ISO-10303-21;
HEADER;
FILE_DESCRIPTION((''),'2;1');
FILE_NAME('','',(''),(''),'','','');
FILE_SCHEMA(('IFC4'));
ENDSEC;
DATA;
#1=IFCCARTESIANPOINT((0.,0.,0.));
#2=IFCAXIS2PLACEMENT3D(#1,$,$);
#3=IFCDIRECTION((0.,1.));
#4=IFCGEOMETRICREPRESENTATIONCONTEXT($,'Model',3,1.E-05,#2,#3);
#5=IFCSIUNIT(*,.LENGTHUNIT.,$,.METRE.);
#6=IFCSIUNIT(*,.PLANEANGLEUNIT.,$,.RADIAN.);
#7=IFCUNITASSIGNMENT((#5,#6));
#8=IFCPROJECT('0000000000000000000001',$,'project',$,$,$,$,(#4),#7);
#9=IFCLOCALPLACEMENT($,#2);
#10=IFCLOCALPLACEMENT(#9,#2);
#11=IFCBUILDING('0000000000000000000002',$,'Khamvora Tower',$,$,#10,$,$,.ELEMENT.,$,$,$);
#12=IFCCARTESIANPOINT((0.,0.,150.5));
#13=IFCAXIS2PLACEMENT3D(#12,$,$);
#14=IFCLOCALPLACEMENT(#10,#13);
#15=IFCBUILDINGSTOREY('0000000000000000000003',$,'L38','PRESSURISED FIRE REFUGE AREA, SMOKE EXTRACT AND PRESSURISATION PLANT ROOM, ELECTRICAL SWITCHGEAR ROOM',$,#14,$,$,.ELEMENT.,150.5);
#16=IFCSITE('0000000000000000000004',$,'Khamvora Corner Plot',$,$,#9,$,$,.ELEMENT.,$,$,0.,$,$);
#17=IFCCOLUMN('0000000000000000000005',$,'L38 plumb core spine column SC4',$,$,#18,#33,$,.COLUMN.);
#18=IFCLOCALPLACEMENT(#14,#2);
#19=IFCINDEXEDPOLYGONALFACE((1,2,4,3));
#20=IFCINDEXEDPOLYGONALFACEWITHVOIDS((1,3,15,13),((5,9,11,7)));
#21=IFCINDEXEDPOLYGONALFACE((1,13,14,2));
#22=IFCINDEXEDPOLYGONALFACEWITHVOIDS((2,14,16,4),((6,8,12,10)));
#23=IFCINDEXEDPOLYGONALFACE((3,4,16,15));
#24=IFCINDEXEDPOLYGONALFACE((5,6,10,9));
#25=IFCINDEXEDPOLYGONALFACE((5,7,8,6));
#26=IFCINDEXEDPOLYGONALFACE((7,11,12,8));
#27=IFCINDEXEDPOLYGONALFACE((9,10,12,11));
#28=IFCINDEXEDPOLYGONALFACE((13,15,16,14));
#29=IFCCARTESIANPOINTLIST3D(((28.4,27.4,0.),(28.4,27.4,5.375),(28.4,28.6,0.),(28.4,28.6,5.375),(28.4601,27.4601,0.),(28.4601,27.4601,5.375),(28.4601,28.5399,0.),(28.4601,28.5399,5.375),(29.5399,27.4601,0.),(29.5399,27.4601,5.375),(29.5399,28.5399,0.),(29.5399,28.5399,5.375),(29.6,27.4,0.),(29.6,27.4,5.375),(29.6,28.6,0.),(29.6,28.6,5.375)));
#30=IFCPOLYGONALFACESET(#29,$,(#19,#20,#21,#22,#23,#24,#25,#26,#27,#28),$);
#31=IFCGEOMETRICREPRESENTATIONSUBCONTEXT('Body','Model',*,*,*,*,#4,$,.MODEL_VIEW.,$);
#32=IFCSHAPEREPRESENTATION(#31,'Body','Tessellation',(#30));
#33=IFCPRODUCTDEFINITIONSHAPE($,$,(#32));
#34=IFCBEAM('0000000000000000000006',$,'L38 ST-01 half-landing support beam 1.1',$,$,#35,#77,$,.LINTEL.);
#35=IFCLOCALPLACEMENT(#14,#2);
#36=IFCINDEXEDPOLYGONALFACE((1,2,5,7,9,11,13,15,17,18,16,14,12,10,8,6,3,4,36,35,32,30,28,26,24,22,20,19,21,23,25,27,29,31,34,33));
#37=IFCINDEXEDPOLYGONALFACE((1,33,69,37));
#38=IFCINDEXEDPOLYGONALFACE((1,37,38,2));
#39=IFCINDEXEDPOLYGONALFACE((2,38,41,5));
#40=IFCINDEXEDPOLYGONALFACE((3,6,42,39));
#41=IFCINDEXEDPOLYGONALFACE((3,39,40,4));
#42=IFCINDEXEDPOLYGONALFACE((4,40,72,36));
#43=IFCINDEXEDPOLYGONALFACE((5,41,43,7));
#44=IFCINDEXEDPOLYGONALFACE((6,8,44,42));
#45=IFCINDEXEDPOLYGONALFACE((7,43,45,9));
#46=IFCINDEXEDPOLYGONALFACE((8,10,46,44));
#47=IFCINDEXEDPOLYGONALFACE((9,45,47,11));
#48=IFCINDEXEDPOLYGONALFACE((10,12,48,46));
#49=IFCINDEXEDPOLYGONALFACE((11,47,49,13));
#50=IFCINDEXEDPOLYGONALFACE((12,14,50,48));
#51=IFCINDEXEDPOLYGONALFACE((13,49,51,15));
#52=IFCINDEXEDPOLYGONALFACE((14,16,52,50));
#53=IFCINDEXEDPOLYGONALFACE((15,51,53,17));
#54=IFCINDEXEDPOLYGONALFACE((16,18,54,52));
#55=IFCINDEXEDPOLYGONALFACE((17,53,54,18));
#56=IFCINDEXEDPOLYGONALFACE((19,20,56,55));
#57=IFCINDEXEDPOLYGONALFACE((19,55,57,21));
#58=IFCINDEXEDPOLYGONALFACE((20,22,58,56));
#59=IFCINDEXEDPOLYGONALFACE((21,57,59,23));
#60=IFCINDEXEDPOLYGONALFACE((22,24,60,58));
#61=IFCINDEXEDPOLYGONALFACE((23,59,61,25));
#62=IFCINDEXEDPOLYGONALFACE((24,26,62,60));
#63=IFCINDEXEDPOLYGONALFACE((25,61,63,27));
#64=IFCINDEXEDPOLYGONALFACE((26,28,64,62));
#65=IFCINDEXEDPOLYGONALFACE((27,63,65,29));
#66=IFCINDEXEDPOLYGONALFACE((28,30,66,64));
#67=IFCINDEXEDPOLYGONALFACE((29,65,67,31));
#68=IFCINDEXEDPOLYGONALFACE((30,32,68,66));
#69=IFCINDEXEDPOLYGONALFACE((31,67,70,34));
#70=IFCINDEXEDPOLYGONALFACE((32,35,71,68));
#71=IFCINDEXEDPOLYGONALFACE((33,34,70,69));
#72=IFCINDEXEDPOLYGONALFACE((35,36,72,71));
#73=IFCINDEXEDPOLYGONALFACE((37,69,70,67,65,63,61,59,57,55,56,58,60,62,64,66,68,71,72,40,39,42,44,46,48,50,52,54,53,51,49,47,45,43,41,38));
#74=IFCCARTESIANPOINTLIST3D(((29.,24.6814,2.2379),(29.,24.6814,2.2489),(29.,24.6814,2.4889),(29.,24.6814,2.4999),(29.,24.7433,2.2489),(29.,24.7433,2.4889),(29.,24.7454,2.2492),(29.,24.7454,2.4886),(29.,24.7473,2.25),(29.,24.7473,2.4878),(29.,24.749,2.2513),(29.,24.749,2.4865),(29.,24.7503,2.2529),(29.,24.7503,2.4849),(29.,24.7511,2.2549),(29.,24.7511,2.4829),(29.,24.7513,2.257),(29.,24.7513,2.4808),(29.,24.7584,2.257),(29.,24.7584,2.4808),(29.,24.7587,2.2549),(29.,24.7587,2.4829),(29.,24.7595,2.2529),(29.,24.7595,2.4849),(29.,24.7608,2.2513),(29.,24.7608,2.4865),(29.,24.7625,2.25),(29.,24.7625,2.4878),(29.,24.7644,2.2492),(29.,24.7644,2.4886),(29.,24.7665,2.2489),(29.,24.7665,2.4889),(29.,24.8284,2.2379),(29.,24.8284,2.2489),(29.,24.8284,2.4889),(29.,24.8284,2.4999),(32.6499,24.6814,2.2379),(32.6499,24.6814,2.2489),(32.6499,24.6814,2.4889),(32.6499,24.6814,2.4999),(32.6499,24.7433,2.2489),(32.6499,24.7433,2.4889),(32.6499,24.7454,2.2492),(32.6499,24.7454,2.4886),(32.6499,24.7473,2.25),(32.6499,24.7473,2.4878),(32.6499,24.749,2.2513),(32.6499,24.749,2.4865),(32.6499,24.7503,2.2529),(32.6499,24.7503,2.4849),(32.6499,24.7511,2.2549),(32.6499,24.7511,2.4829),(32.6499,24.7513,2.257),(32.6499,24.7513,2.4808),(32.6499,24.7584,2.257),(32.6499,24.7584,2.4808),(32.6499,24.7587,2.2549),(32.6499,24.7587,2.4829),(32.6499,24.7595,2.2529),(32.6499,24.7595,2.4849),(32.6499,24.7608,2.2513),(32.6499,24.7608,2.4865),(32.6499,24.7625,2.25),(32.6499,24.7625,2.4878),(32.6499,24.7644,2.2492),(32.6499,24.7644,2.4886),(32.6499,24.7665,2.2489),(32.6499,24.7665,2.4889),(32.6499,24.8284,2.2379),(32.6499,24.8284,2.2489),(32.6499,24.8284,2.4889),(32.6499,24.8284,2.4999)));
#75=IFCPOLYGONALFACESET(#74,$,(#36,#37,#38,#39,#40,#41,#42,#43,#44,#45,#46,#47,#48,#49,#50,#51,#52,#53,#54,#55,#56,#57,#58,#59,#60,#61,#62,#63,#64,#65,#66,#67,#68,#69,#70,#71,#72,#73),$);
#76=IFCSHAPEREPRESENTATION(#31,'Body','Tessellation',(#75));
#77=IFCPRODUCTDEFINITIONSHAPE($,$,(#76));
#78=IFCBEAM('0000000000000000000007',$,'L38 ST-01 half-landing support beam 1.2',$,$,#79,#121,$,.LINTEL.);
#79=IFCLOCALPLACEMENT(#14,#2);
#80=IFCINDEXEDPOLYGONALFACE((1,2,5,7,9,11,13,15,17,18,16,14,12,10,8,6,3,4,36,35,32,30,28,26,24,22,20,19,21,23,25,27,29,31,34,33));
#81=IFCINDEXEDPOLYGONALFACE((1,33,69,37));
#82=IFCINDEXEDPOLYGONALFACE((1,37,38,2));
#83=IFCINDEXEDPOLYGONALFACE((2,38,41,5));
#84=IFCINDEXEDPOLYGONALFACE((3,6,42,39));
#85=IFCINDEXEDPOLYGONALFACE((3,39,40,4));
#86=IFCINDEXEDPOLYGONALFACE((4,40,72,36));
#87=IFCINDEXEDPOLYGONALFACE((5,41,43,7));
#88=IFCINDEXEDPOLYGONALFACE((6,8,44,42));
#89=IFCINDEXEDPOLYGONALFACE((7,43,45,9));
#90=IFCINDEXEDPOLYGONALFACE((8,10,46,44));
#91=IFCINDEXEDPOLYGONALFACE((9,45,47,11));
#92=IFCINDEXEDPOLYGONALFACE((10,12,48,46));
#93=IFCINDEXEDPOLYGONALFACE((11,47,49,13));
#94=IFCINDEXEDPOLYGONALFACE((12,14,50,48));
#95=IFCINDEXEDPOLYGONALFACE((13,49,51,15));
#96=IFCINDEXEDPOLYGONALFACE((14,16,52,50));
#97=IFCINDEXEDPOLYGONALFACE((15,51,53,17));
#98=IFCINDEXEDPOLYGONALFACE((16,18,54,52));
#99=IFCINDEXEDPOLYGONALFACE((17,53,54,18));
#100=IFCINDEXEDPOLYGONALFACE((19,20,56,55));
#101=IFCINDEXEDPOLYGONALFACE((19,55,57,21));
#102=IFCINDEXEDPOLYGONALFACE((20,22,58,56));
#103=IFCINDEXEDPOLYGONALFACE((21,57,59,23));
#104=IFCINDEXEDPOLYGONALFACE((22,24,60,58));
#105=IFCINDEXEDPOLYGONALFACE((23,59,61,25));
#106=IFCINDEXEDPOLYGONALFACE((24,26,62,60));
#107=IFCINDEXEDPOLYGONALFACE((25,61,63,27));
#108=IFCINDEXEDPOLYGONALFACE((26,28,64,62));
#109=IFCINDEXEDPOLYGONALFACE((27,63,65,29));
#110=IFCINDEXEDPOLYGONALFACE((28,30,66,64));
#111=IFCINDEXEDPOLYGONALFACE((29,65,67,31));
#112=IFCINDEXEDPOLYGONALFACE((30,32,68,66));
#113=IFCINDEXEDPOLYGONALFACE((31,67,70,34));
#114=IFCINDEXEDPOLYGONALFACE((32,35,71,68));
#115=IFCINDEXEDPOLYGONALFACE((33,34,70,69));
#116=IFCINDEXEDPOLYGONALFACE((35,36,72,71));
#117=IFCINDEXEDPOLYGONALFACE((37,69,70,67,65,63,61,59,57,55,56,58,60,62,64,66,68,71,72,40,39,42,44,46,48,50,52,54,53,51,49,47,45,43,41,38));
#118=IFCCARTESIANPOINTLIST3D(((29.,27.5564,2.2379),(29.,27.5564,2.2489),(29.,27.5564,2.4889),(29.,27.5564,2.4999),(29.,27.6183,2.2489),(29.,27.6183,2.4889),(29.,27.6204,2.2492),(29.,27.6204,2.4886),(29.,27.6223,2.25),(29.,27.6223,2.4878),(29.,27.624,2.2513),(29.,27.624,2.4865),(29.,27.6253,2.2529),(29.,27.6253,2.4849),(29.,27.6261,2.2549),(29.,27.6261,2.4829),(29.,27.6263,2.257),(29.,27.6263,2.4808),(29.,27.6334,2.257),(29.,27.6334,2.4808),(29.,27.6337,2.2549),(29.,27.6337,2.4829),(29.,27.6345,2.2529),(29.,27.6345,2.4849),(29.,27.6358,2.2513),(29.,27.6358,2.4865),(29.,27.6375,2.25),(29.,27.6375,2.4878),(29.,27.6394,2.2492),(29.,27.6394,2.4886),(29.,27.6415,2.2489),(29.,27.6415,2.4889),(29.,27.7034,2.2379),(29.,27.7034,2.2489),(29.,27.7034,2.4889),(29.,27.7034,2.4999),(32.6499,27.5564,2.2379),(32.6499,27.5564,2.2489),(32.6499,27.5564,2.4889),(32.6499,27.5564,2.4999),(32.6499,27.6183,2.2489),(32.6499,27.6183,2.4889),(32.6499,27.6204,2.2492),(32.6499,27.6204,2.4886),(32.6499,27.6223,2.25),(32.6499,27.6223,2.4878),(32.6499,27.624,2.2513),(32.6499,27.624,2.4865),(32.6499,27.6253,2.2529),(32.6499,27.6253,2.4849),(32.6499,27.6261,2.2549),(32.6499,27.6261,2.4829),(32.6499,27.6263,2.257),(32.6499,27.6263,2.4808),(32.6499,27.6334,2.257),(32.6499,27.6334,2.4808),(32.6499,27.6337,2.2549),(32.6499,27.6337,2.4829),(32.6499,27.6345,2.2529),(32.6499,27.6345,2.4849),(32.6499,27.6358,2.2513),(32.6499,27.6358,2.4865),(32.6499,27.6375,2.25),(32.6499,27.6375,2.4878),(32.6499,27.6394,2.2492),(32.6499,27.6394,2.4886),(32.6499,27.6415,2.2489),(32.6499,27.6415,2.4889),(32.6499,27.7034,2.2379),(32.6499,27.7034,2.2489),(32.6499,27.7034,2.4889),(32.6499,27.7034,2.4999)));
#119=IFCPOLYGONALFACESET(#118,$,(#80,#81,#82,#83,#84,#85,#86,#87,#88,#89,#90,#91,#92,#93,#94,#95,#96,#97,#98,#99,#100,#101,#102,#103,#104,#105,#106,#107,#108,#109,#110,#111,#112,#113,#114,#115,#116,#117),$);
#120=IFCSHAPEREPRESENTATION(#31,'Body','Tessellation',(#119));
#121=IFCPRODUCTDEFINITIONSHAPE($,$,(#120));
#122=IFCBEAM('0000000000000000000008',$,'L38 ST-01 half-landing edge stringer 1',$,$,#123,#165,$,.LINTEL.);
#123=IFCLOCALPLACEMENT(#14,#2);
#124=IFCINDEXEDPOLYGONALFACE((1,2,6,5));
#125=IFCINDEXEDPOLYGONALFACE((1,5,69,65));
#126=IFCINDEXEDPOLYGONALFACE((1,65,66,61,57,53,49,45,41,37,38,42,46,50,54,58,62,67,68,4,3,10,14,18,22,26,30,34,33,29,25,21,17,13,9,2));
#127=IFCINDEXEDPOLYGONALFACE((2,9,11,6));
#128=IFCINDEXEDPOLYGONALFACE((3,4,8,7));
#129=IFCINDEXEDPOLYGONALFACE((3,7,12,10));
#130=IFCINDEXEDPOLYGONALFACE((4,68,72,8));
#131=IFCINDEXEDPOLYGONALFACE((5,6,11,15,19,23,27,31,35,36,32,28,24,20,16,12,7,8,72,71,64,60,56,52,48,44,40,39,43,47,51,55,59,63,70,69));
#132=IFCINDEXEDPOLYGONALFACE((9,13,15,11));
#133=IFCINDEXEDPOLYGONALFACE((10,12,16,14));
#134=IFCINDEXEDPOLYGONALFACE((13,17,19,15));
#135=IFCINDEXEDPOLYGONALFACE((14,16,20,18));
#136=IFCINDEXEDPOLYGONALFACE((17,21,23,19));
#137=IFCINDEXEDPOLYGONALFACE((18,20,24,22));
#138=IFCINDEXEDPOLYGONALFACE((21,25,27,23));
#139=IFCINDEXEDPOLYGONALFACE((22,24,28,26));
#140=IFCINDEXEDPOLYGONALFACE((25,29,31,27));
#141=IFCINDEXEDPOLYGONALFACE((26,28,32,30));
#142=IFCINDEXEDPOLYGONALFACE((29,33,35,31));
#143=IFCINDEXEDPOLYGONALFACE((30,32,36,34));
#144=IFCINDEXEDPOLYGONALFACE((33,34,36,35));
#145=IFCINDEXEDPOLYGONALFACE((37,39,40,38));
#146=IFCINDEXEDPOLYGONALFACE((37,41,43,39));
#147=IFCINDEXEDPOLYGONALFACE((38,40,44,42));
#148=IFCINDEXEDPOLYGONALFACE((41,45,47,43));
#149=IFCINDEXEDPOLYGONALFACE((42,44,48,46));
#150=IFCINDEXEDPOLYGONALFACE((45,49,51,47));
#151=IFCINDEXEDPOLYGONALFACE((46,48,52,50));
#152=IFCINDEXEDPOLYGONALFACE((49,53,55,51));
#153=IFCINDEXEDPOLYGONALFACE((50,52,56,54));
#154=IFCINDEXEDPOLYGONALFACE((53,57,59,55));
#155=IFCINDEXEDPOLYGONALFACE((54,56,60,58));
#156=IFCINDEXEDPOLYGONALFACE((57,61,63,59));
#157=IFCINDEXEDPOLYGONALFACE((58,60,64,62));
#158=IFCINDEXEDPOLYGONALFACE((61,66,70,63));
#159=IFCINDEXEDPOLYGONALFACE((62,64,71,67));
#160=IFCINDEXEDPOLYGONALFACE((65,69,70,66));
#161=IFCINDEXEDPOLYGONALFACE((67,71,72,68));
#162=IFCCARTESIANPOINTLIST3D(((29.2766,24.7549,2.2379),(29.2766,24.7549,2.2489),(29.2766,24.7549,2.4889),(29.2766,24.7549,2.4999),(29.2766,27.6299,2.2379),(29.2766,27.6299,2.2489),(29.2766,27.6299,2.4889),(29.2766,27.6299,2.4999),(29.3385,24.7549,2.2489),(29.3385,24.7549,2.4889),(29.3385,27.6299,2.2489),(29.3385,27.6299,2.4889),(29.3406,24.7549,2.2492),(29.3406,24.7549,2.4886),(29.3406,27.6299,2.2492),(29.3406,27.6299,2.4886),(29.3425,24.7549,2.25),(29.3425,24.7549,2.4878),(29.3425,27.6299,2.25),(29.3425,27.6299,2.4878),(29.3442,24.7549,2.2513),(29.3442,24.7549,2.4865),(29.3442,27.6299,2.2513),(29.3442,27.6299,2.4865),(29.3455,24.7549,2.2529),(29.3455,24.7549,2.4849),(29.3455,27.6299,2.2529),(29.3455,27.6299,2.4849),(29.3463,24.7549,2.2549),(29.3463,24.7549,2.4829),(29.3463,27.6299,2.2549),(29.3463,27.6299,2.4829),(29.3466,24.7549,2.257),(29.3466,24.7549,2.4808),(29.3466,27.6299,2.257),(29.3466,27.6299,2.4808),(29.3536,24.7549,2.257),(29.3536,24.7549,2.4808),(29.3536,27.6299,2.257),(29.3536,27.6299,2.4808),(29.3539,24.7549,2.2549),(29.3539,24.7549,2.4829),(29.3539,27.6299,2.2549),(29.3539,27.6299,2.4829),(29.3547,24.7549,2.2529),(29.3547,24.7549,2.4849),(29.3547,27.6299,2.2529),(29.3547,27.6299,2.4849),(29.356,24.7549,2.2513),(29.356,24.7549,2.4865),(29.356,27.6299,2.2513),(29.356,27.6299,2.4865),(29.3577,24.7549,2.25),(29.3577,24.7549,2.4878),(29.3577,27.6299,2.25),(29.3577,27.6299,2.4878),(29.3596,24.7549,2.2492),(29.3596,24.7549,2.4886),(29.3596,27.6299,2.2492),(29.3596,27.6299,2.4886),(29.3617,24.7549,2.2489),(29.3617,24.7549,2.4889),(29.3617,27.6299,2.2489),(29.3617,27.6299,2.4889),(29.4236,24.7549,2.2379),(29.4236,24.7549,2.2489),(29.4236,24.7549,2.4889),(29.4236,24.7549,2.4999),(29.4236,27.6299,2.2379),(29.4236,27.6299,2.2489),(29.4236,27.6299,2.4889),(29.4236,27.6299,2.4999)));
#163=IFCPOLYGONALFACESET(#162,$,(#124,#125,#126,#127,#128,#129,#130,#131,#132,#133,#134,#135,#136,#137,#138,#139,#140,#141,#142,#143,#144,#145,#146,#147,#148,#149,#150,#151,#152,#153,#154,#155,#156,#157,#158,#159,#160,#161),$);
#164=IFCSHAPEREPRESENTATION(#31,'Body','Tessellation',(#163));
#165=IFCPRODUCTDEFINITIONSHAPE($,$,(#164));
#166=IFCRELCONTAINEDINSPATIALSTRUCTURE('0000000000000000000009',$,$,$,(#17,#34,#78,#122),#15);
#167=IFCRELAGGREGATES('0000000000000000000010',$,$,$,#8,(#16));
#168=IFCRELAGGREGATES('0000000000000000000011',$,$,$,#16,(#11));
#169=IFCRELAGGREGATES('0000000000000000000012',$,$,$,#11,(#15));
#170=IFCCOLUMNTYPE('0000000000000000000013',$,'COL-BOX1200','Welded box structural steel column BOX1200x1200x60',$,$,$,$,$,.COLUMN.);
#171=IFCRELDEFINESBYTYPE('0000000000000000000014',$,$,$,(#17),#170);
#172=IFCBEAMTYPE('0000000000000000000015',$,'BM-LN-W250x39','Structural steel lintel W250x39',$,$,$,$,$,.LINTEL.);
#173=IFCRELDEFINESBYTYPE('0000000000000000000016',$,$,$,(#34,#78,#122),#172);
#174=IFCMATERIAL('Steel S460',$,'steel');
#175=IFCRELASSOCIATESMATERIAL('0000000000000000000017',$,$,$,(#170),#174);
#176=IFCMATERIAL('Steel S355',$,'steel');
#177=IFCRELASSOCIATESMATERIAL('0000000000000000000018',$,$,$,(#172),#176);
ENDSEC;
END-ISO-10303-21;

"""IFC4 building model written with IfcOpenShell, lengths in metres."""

from ifc_helpers import new_model, si_unit, direction, frame, origin, origin_2d, place, context, subcontext, project, spatial, hollow_rectangle, i_section, extrude, material, material_profile, profile_set, type_object, element, save


model = new_model("IFC4")

# Units and contexts
model_context = context("Model", 3, precision=1e-05, world=origin(), true_north=direction((0.0, 1.0)))
body_context = subcontext(model_context, "Body", "Model", "MODEL_VIEW")
ifc_project = project(units=[si_unit("LENGTHUNIT", "METRE"), si_unit("PLANEANGLEUNIT", "RADIAN")], contexts=[model_context])

# Site, building, storey
site_placement = place(None, origin())
site = spatial("IfcSite", under=ifc_project, at=site_placement, Name="Khamvora Corner Plot", CompositionType="ELEMENT", RefElevation=0.0)
building_placement = place(site_placement, origin())
building = spatial("IfcBuilding", under=site, at=building_placement, Name="Khamvora Tower", CompositionType="ELEMENT")
storey_placement = place(building_placement, frame((0.0, 0.0, 150.5)))
storey = spatial("IfcBuildingStorey", under=building, at=storey_placement, Name="L38", Description="PRESSURISED FIRE REFUGE AREA, SMOKE EXTRACT AND PRESSURISATION PLANT ROOM, ELECTRICAL SWITCHGEAR ROOM", CompositionType="ELEMENT", Elevation=150.5)

# Column
ifc_material_1 = material(Name="Steel S460", Category="steel")
ifc_material_profile_1 = material_profile(ifc_material_1, hollow_rectangle(XDim=1.2, YDim=1.2, WallThickness=0.0601, at=origin_2d()), Name="BOX1200x1200x60")
ifc_profile_set_1 = profile_set([ifc_material_profile_1], Name="Steel S460")
column_type = type_object("IfcColumnType", Name="COL-BOX1200", Description="Welded box structural steel column BOX1200x1200x60", PredefinedType="COLUMN", material=ifc_profile_set_1)
column_placement = place(storey_placement, frame((29.0, 28.0, 0.0), z_axis=(0.0, 0.0, 1.0), x_axis=(1.0, 0.0, 0.0)))
element("IfcColumn", 1, at=column_placement, inside=storey, type_object=column_type, Name="L38 plumb core spine column SC4", PredefinedType="COLUMN", context=body_context, shape_type="SweptSolid", body=[
    extrude(hollow_rectangle(XDim=1.2, YDim=1.2, WallThickness=0.0601, at=origin_2d()), origin(), (0.0, 0.0, 1.0), 5.375),
])

# Beams
ifc_material_2 = material(Name="Steel S355", Category="steel")
ifc_material_profile_2 = material_profile(ifc_material_2, i_section(OverallWidth=0.147, OverallDepth=0.262, WebThickness=0.0071, FlangeThickness=0.011, FilletRadius=0.0081, at=origin_2d()), Name="W250x39")
ifc_profile_set_2 = profile_set([ifc_material_profile_2], Name="Steel S355")
beam_type_1 = type_object("IfcBeamType", Name="BM-LN-W250x39", Description="Structural steel lintel W250x39", PredefinedType="LINTEL", material=ifc_profile_set_2)
for number, where, z_axis, x_axis, name in (
    (2, (29.0, 24.7549, 2.3689), (1.0, 0.0, 0.0), (0.0, 1.0, 0.0), "L38 ST-01 half-landing support beam 1.1"),
    (3, (29.0, 27.6299, 2.3689), (1.0, 0.0, 0.0), (0.0, 1.0, 0.0), "L38 ST-01 half-landing support beam 1.2"),
):
    element("IfcBeam", number, at=place(storey_placement, frame(where, z_axis=z_axis, x_axis=x_axis)), inside=storey, type_object=beam_type_1, Name=name, PredefinedType="LINTEL", context=body_context, shape_type="SweptSolid", body=[
        extrude(i_section(OverallWidth=0.147, OverallDepth=0.262, WebThickness=0.0071, FlangeThickness=0.011, FilletRadius=0.0081, at=origin_2d()), origin(), (0.0, 0.0, 1.0), 3.6499),
    ])
beam_1_placement = place(storey_placement, frame((29.3501, 24.7549, 2.3689), z_axis=(0.0, 1.0, 0.0), x_axis=(-1.0, 0.0, 0.0)))
element("IfcBeam", 4, at=beam_1_placement, inside=storey, type_object=beam_type_1, Name="L38 ST-01 half-landing edge stringer 1", PredefinedType="LINTEL", context=body_context, shape_type="SweptSolid", body=[
    extrude(i_section(OverallWidth=0.147, OverallDepth=0.262, WebThickness=0.0071, FlangeThickness=0.011, FilletRadius=0.0081, at=origin_2d()), origin(), (0.0, 0.0, 1.0), 2.875),
])

save(model, "model.ifc")
